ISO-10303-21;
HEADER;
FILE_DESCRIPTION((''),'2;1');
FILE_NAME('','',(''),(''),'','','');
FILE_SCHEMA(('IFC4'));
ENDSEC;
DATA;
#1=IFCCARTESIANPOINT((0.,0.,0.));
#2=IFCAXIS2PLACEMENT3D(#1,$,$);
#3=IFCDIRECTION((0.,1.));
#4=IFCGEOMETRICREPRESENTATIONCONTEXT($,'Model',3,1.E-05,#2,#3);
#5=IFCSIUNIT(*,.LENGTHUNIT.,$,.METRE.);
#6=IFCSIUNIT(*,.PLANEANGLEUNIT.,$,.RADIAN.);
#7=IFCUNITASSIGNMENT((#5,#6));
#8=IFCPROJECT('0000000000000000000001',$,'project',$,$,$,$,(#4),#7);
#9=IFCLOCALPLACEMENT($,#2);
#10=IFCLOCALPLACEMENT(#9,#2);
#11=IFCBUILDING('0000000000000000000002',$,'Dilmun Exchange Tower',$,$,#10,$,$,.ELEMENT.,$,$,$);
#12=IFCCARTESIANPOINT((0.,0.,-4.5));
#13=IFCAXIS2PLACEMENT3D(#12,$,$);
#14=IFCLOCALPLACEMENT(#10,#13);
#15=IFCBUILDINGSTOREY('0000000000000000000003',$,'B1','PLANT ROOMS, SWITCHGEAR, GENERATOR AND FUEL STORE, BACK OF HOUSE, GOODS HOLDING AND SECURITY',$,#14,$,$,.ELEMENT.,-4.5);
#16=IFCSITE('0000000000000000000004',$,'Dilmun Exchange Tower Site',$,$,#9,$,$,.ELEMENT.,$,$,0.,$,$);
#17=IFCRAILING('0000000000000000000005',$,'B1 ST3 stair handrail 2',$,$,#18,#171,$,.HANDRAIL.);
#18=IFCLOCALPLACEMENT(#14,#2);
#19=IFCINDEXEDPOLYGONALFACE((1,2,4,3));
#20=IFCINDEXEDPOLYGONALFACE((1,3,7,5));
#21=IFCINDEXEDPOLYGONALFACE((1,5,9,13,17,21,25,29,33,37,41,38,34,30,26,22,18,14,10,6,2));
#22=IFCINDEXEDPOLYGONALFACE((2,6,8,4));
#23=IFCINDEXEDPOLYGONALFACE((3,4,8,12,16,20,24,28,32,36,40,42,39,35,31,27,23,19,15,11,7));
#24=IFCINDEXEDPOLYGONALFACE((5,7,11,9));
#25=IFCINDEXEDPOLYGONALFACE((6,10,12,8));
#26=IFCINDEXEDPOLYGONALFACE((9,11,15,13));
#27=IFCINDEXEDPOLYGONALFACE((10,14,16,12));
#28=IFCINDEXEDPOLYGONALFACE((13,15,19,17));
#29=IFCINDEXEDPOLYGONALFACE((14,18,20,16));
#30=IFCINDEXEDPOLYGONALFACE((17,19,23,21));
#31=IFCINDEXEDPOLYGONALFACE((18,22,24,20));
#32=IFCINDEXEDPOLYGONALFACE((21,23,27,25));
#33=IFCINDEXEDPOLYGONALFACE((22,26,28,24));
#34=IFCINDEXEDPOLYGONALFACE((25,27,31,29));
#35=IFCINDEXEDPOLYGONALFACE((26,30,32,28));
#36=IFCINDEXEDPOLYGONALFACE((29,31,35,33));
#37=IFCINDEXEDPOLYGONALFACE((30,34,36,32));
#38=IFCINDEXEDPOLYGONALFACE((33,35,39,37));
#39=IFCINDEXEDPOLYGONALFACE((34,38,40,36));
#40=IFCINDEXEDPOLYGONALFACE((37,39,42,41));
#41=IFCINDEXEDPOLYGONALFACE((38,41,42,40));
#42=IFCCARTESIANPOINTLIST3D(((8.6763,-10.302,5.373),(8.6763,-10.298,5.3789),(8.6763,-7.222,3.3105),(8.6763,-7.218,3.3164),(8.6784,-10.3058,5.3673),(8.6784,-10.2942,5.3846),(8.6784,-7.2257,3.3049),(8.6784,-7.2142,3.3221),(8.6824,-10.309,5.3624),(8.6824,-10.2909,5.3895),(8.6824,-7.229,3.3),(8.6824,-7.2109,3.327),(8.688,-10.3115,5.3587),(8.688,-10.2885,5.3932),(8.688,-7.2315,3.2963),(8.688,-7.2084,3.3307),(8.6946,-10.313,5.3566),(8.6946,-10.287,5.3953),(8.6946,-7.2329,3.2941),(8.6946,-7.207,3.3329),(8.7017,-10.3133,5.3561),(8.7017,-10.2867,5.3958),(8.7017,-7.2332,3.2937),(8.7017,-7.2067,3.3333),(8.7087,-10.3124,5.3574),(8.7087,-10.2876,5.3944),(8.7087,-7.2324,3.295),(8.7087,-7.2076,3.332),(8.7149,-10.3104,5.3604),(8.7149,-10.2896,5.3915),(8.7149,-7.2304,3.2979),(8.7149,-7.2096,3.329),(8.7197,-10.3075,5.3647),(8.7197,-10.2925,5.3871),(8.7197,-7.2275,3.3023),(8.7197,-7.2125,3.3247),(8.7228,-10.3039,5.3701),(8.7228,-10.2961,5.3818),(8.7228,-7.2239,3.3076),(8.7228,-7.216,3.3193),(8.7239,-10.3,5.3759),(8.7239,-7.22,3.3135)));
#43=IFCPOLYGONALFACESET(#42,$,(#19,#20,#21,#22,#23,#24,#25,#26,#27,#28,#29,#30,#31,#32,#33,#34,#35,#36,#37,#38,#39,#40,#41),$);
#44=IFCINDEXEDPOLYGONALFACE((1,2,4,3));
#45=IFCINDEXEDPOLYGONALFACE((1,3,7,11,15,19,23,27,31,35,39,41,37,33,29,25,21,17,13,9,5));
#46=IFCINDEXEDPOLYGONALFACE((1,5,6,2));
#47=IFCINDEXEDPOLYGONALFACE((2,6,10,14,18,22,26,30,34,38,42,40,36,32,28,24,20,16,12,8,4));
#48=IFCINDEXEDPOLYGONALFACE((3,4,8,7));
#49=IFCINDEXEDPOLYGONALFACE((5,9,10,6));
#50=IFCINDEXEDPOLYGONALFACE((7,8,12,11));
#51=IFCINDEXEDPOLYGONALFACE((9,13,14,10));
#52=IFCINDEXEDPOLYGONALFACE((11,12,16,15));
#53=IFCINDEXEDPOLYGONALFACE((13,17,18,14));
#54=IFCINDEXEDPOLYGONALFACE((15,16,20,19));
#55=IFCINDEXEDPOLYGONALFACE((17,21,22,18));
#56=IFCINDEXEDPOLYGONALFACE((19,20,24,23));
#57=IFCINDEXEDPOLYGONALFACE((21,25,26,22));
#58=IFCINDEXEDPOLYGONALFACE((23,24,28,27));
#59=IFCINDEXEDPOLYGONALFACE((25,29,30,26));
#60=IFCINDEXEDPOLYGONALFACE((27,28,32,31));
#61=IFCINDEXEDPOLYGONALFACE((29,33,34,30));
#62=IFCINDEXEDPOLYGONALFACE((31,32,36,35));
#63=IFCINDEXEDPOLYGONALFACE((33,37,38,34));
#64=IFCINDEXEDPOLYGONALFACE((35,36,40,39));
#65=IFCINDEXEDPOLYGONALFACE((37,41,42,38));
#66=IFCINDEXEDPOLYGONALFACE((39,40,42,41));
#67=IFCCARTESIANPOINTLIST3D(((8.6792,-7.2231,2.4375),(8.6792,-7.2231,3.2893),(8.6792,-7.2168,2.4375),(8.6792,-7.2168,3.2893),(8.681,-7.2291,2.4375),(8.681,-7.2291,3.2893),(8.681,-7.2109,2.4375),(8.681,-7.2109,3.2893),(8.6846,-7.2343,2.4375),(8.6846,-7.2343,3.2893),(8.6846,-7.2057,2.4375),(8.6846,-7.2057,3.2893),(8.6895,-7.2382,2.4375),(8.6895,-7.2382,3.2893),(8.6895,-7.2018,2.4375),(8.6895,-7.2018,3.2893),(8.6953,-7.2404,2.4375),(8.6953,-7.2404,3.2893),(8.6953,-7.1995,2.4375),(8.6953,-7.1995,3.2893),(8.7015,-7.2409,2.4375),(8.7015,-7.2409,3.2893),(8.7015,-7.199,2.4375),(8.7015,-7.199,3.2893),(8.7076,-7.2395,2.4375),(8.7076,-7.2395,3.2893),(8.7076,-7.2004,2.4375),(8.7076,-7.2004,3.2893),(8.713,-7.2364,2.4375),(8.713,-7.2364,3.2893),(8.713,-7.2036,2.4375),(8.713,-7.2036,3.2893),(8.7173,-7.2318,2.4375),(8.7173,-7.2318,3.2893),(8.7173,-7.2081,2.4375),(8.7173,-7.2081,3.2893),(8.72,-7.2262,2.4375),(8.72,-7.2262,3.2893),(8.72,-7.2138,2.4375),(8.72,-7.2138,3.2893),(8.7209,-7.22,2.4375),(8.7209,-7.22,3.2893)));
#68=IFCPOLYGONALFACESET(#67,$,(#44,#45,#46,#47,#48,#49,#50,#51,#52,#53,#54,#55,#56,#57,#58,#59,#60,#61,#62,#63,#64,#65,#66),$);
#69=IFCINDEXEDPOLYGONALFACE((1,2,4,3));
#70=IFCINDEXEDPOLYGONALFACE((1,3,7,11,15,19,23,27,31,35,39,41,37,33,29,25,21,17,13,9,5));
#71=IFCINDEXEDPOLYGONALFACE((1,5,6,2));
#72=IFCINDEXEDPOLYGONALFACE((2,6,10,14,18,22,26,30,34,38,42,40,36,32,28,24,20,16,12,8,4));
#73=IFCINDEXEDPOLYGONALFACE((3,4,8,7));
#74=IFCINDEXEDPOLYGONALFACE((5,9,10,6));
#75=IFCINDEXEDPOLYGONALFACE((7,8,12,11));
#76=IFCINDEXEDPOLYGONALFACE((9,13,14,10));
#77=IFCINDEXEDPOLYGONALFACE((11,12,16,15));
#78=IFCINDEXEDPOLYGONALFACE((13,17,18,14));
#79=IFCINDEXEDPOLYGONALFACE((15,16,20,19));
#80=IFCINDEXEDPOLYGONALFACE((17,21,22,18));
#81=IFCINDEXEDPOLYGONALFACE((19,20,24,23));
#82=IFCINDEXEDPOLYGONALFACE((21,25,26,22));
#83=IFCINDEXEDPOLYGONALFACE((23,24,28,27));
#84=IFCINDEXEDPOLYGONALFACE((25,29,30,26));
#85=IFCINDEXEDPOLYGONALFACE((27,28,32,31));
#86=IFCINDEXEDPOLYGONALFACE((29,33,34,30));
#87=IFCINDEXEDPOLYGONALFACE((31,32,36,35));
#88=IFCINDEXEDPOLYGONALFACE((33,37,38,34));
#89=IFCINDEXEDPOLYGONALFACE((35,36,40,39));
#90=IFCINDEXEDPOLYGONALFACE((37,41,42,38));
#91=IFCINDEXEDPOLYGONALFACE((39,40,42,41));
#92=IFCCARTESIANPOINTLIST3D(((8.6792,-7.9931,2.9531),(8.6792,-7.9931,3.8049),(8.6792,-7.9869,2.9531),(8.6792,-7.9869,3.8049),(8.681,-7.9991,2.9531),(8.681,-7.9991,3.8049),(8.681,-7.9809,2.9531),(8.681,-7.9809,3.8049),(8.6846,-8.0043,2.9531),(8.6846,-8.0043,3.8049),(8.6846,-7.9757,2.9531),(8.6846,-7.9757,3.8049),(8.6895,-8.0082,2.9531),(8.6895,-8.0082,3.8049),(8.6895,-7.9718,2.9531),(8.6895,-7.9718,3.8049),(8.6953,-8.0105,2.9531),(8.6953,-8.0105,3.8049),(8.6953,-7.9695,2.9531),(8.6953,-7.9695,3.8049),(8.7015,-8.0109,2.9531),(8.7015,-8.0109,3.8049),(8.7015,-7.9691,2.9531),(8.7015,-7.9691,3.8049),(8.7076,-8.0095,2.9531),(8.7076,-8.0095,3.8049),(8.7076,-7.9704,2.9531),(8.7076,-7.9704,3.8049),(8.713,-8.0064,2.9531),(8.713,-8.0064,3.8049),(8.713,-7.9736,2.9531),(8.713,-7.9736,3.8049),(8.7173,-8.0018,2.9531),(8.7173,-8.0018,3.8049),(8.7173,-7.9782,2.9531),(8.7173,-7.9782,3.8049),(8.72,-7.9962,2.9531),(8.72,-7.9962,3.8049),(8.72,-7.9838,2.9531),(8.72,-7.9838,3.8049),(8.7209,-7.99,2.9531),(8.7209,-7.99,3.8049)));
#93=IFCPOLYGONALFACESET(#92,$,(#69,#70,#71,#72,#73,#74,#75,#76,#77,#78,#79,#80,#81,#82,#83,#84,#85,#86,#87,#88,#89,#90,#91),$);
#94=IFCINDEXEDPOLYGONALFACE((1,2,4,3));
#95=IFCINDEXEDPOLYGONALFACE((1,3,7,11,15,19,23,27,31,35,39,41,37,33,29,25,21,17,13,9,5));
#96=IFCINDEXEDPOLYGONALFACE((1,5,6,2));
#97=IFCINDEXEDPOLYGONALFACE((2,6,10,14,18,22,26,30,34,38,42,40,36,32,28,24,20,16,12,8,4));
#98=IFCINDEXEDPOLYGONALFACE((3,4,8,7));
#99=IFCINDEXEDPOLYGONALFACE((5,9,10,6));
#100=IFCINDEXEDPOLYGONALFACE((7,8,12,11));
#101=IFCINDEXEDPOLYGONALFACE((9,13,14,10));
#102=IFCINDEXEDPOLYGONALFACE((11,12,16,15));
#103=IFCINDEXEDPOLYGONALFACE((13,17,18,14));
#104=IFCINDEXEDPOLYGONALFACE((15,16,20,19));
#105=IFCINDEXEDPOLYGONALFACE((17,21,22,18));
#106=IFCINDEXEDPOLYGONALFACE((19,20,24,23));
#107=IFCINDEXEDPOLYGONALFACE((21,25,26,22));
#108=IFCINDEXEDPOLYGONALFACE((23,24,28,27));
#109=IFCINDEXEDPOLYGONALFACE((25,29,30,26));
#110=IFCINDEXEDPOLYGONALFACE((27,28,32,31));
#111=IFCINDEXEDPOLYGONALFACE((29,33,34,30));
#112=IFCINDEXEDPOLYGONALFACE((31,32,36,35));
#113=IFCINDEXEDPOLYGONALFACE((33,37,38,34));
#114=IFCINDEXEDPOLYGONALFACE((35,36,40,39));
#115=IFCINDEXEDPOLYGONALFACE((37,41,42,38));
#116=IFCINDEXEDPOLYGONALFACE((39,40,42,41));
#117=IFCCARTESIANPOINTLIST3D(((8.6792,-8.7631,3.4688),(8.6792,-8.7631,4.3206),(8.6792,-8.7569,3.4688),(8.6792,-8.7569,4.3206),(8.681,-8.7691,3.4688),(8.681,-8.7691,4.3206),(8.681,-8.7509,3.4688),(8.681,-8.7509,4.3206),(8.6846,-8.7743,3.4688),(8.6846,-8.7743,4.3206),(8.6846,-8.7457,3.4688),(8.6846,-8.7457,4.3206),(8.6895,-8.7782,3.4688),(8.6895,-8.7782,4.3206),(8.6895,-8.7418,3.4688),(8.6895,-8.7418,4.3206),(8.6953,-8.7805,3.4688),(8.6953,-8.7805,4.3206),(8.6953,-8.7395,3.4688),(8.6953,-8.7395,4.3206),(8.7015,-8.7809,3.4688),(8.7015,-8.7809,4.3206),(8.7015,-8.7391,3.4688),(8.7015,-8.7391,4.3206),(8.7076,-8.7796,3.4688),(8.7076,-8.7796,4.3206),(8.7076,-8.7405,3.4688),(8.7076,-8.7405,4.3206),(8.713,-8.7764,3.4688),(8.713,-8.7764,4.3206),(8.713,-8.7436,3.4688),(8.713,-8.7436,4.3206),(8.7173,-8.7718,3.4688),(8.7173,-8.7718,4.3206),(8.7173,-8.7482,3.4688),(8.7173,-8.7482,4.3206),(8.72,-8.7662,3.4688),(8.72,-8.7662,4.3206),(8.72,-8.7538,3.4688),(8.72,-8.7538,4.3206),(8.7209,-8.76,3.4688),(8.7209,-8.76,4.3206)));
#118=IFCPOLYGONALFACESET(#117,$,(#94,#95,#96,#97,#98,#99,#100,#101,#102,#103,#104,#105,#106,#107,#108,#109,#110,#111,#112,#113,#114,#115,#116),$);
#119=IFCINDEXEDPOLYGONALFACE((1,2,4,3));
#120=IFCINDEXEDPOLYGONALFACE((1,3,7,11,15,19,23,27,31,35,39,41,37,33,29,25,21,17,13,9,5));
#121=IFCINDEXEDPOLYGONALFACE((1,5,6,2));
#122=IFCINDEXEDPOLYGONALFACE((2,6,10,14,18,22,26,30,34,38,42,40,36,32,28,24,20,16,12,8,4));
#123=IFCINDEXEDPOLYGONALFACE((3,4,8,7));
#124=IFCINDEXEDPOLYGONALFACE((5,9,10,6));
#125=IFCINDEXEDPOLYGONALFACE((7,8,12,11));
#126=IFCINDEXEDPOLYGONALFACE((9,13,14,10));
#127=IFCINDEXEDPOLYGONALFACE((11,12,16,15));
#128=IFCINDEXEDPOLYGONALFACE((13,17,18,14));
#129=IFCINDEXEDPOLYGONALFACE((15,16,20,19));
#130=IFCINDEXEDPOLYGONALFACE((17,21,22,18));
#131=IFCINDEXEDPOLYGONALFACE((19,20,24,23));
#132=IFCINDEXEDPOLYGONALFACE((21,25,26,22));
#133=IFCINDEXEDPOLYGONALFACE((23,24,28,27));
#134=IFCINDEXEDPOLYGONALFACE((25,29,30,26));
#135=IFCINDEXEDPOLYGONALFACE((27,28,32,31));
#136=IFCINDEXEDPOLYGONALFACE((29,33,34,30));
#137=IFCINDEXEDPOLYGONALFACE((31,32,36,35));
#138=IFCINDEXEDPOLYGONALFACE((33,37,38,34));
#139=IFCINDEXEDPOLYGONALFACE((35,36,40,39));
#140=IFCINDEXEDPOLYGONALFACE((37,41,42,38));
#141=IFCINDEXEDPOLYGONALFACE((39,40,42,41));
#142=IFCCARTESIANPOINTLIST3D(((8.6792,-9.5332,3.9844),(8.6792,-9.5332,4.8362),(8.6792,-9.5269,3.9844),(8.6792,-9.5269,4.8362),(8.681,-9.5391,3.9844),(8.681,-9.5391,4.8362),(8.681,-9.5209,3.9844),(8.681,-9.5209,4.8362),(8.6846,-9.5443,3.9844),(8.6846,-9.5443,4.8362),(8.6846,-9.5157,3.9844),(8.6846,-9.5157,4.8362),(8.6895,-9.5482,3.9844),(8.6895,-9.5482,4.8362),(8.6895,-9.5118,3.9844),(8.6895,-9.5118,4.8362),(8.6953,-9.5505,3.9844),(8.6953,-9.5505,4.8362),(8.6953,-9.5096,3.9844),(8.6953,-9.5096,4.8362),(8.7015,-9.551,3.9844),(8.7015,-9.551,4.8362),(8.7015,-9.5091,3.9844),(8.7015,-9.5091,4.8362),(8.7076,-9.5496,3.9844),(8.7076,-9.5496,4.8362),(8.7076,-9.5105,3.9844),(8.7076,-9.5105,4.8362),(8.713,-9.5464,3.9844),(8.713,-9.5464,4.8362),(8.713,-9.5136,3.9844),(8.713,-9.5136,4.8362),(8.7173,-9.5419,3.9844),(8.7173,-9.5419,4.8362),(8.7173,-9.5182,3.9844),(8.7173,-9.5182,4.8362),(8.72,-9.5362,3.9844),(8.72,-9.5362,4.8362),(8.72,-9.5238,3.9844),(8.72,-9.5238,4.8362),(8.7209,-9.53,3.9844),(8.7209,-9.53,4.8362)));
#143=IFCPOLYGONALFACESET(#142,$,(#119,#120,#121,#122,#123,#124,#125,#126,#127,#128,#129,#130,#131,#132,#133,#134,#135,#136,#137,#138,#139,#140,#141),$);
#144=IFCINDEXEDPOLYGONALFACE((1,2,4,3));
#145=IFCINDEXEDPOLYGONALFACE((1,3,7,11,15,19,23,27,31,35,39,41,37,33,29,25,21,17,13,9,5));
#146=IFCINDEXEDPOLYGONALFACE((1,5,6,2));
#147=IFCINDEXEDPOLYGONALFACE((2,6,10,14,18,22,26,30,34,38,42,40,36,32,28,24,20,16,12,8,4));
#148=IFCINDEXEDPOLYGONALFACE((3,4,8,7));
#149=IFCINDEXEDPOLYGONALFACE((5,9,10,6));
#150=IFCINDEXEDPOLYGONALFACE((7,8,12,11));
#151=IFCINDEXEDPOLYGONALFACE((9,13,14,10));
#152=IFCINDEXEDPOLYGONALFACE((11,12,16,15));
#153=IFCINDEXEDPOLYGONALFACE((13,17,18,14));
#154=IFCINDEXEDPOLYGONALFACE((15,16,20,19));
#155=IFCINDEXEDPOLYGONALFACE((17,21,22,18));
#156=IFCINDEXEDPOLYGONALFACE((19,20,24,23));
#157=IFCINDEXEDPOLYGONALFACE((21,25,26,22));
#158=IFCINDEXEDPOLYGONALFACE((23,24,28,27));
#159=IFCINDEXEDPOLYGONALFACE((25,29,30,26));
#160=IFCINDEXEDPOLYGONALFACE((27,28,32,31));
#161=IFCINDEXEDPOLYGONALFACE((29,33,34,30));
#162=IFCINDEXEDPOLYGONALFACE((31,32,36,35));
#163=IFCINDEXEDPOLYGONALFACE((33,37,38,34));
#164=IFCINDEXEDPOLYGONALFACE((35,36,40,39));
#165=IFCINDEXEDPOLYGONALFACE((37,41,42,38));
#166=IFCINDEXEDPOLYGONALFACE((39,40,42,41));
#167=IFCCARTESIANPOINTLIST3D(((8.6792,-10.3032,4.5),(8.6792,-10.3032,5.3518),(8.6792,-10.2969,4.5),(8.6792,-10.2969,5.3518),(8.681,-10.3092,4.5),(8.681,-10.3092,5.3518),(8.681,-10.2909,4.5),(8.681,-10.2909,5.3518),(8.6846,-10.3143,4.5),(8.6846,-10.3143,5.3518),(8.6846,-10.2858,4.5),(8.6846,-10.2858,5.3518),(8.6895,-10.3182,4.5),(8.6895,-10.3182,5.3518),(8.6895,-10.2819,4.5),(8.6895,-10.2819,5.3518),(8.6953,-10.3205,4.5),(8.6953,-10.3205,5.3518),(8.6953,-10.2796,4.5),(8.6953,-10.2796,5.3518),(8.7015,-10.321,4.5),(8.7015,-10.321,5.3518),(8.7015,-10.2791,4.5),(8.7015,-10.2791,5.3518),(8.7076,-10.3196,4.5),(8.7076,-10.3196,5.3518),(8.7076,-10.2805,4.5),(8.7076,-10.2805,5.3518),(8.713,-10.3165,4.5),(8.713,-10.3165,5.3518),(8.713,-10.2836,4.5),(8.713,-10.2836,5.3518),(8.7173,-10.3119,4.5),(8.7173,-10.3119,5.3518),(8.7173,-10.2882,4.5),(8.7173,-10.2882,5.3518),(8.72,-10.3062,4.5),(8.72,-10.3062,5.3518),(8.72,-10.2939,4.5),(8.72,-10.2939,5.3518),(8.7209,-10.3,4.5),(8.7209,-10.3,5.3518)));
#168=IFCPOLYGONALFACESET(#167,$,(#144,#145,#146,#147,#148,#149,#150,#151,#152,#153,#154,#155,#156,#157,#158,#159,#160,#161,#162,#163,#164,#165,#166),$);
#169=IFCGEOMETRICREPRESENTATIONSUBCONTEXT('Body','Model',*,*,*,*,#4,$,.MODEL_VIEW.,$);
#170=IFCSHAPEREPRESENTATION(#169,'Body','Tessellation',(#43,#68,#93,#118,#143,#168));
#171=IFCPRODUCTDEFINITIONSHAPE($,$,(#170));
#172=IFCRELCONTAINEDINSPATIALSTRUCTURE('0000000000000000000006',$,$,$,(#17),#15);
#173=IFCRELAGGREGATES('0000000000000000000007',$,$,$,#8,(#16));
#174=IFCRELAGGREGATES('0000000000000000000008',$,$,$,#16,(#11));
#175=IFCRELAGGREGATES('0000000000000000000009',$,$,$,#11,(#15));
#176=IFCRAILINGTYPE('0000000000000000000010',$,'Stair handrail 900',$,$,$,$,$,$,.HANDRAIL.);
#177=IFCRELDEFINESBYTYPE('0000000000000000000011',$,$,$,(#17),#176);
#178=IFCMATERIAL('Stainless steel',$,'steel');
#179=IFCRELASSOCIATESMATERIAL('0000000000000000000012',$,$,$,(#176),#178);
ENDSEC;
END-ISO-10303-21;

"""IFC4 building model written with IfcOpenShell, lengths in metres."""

from ifc_helpers import new_model, si_unit, direction, frame, origin, origin_2d, place, context, subcontext, project, spatial, circle, extrude, material, type_object, element, save


model = new_model("IFC4")

# Units and contexts
model_context = context("Model", 3, precision=1e-05, world=origin(), true_north=direction((0.0, 1.0)))
body_context = subcontext(model_context, "Body", "Model", "MODEL_VIEW")
ifc_project = project(units=[si_unit("LENGTHUNIT", "METRE"), si_unit("PLANEANGLEUNIT", "RADIAN")], contexts=[model_context])

# Site, building, storey
site_placement = place(None, origin())
site = spatial("IfcSite", under=ifc_project, at=site_placement, Name="Dilmun Exchange Tower Site", CompositionType="ELEMENT", RefElevation=0.0)
building_placement = place(site_placement, origin())
building = spatial("IfcBuilding", under=site, at=building_placement, Name="Dilmun Exchange Tower", CompositionType="ELEMENT")
storey_placement = place(building_placement, frame((0.0, 0.0, -4.5)))
storey = spatial("IfcBuildingStorey", under=building, at=storey_placement, Name="B1", Description="PLANT ROOMS, SWITCHGEAR, GENERATOR AND FUEL STORE, BACK OF HOUSE, GOODS HOLDING AND SECURITY", CompositionType="ELEMENT", Elevation=-4.5)

# Railing
ifc_material_1 = material(Name="Stainless steel", Category="steel")
railing_type = type_object("IfcRailingType", Name="Stair handrail 900", PredefinedType="HANDRAIL", material=ifc_material_1)
railing_placement = place(storey_placement, frame((8.7, -7.22, 2.4375)))
element("IfcRailing", 1, at=railing_placement, inside=storey, type_object=railing_type, Name="B1 ST3 stair handrail 2", PredefinedType="HANDRAIL", context=body_context, shape_type="SweptSolid", body=[
    extrude(circle(Radius=0.0239, at=origin_2d()), frame((0.0, 0.0, 0.876), z_axis=(0.0, -0.830914, 0.556401), x_axis=(1.0, 0.0, 0.0)), (0.0, 0.0, 1.0), 3.7068),
    extrude(circle(Radius=0.021, at=origin_2d()), origin(), (0.0, 0.0, 1.0), 0.8518),
    extrude(circle(Radius=0.021, at=origin_2d()), frame((0.0, -0.77, 0.5156)), (0.0, 0.0, 1.0), 0.8518),
    extrude(circle(Radius=0.021, at=origin_2d()), frame((0.0, -1.54, 1.0312)), (0.0, 0.0, 1.0), 0.8518),
    extrude(circle(Radius=0.021, at=origin_2d()), frame((0.0, -2.3101, 1.5469)), (0.0, 0.0, 1.0), 0.8518),
    extrude(circle(Radius=0.021, at=origin_2d()), frame((0.0, -3.0801, 2.0625)), (0.0, 0.0, 1.0), 0.8518),
])

save(model, "model.ifc")
